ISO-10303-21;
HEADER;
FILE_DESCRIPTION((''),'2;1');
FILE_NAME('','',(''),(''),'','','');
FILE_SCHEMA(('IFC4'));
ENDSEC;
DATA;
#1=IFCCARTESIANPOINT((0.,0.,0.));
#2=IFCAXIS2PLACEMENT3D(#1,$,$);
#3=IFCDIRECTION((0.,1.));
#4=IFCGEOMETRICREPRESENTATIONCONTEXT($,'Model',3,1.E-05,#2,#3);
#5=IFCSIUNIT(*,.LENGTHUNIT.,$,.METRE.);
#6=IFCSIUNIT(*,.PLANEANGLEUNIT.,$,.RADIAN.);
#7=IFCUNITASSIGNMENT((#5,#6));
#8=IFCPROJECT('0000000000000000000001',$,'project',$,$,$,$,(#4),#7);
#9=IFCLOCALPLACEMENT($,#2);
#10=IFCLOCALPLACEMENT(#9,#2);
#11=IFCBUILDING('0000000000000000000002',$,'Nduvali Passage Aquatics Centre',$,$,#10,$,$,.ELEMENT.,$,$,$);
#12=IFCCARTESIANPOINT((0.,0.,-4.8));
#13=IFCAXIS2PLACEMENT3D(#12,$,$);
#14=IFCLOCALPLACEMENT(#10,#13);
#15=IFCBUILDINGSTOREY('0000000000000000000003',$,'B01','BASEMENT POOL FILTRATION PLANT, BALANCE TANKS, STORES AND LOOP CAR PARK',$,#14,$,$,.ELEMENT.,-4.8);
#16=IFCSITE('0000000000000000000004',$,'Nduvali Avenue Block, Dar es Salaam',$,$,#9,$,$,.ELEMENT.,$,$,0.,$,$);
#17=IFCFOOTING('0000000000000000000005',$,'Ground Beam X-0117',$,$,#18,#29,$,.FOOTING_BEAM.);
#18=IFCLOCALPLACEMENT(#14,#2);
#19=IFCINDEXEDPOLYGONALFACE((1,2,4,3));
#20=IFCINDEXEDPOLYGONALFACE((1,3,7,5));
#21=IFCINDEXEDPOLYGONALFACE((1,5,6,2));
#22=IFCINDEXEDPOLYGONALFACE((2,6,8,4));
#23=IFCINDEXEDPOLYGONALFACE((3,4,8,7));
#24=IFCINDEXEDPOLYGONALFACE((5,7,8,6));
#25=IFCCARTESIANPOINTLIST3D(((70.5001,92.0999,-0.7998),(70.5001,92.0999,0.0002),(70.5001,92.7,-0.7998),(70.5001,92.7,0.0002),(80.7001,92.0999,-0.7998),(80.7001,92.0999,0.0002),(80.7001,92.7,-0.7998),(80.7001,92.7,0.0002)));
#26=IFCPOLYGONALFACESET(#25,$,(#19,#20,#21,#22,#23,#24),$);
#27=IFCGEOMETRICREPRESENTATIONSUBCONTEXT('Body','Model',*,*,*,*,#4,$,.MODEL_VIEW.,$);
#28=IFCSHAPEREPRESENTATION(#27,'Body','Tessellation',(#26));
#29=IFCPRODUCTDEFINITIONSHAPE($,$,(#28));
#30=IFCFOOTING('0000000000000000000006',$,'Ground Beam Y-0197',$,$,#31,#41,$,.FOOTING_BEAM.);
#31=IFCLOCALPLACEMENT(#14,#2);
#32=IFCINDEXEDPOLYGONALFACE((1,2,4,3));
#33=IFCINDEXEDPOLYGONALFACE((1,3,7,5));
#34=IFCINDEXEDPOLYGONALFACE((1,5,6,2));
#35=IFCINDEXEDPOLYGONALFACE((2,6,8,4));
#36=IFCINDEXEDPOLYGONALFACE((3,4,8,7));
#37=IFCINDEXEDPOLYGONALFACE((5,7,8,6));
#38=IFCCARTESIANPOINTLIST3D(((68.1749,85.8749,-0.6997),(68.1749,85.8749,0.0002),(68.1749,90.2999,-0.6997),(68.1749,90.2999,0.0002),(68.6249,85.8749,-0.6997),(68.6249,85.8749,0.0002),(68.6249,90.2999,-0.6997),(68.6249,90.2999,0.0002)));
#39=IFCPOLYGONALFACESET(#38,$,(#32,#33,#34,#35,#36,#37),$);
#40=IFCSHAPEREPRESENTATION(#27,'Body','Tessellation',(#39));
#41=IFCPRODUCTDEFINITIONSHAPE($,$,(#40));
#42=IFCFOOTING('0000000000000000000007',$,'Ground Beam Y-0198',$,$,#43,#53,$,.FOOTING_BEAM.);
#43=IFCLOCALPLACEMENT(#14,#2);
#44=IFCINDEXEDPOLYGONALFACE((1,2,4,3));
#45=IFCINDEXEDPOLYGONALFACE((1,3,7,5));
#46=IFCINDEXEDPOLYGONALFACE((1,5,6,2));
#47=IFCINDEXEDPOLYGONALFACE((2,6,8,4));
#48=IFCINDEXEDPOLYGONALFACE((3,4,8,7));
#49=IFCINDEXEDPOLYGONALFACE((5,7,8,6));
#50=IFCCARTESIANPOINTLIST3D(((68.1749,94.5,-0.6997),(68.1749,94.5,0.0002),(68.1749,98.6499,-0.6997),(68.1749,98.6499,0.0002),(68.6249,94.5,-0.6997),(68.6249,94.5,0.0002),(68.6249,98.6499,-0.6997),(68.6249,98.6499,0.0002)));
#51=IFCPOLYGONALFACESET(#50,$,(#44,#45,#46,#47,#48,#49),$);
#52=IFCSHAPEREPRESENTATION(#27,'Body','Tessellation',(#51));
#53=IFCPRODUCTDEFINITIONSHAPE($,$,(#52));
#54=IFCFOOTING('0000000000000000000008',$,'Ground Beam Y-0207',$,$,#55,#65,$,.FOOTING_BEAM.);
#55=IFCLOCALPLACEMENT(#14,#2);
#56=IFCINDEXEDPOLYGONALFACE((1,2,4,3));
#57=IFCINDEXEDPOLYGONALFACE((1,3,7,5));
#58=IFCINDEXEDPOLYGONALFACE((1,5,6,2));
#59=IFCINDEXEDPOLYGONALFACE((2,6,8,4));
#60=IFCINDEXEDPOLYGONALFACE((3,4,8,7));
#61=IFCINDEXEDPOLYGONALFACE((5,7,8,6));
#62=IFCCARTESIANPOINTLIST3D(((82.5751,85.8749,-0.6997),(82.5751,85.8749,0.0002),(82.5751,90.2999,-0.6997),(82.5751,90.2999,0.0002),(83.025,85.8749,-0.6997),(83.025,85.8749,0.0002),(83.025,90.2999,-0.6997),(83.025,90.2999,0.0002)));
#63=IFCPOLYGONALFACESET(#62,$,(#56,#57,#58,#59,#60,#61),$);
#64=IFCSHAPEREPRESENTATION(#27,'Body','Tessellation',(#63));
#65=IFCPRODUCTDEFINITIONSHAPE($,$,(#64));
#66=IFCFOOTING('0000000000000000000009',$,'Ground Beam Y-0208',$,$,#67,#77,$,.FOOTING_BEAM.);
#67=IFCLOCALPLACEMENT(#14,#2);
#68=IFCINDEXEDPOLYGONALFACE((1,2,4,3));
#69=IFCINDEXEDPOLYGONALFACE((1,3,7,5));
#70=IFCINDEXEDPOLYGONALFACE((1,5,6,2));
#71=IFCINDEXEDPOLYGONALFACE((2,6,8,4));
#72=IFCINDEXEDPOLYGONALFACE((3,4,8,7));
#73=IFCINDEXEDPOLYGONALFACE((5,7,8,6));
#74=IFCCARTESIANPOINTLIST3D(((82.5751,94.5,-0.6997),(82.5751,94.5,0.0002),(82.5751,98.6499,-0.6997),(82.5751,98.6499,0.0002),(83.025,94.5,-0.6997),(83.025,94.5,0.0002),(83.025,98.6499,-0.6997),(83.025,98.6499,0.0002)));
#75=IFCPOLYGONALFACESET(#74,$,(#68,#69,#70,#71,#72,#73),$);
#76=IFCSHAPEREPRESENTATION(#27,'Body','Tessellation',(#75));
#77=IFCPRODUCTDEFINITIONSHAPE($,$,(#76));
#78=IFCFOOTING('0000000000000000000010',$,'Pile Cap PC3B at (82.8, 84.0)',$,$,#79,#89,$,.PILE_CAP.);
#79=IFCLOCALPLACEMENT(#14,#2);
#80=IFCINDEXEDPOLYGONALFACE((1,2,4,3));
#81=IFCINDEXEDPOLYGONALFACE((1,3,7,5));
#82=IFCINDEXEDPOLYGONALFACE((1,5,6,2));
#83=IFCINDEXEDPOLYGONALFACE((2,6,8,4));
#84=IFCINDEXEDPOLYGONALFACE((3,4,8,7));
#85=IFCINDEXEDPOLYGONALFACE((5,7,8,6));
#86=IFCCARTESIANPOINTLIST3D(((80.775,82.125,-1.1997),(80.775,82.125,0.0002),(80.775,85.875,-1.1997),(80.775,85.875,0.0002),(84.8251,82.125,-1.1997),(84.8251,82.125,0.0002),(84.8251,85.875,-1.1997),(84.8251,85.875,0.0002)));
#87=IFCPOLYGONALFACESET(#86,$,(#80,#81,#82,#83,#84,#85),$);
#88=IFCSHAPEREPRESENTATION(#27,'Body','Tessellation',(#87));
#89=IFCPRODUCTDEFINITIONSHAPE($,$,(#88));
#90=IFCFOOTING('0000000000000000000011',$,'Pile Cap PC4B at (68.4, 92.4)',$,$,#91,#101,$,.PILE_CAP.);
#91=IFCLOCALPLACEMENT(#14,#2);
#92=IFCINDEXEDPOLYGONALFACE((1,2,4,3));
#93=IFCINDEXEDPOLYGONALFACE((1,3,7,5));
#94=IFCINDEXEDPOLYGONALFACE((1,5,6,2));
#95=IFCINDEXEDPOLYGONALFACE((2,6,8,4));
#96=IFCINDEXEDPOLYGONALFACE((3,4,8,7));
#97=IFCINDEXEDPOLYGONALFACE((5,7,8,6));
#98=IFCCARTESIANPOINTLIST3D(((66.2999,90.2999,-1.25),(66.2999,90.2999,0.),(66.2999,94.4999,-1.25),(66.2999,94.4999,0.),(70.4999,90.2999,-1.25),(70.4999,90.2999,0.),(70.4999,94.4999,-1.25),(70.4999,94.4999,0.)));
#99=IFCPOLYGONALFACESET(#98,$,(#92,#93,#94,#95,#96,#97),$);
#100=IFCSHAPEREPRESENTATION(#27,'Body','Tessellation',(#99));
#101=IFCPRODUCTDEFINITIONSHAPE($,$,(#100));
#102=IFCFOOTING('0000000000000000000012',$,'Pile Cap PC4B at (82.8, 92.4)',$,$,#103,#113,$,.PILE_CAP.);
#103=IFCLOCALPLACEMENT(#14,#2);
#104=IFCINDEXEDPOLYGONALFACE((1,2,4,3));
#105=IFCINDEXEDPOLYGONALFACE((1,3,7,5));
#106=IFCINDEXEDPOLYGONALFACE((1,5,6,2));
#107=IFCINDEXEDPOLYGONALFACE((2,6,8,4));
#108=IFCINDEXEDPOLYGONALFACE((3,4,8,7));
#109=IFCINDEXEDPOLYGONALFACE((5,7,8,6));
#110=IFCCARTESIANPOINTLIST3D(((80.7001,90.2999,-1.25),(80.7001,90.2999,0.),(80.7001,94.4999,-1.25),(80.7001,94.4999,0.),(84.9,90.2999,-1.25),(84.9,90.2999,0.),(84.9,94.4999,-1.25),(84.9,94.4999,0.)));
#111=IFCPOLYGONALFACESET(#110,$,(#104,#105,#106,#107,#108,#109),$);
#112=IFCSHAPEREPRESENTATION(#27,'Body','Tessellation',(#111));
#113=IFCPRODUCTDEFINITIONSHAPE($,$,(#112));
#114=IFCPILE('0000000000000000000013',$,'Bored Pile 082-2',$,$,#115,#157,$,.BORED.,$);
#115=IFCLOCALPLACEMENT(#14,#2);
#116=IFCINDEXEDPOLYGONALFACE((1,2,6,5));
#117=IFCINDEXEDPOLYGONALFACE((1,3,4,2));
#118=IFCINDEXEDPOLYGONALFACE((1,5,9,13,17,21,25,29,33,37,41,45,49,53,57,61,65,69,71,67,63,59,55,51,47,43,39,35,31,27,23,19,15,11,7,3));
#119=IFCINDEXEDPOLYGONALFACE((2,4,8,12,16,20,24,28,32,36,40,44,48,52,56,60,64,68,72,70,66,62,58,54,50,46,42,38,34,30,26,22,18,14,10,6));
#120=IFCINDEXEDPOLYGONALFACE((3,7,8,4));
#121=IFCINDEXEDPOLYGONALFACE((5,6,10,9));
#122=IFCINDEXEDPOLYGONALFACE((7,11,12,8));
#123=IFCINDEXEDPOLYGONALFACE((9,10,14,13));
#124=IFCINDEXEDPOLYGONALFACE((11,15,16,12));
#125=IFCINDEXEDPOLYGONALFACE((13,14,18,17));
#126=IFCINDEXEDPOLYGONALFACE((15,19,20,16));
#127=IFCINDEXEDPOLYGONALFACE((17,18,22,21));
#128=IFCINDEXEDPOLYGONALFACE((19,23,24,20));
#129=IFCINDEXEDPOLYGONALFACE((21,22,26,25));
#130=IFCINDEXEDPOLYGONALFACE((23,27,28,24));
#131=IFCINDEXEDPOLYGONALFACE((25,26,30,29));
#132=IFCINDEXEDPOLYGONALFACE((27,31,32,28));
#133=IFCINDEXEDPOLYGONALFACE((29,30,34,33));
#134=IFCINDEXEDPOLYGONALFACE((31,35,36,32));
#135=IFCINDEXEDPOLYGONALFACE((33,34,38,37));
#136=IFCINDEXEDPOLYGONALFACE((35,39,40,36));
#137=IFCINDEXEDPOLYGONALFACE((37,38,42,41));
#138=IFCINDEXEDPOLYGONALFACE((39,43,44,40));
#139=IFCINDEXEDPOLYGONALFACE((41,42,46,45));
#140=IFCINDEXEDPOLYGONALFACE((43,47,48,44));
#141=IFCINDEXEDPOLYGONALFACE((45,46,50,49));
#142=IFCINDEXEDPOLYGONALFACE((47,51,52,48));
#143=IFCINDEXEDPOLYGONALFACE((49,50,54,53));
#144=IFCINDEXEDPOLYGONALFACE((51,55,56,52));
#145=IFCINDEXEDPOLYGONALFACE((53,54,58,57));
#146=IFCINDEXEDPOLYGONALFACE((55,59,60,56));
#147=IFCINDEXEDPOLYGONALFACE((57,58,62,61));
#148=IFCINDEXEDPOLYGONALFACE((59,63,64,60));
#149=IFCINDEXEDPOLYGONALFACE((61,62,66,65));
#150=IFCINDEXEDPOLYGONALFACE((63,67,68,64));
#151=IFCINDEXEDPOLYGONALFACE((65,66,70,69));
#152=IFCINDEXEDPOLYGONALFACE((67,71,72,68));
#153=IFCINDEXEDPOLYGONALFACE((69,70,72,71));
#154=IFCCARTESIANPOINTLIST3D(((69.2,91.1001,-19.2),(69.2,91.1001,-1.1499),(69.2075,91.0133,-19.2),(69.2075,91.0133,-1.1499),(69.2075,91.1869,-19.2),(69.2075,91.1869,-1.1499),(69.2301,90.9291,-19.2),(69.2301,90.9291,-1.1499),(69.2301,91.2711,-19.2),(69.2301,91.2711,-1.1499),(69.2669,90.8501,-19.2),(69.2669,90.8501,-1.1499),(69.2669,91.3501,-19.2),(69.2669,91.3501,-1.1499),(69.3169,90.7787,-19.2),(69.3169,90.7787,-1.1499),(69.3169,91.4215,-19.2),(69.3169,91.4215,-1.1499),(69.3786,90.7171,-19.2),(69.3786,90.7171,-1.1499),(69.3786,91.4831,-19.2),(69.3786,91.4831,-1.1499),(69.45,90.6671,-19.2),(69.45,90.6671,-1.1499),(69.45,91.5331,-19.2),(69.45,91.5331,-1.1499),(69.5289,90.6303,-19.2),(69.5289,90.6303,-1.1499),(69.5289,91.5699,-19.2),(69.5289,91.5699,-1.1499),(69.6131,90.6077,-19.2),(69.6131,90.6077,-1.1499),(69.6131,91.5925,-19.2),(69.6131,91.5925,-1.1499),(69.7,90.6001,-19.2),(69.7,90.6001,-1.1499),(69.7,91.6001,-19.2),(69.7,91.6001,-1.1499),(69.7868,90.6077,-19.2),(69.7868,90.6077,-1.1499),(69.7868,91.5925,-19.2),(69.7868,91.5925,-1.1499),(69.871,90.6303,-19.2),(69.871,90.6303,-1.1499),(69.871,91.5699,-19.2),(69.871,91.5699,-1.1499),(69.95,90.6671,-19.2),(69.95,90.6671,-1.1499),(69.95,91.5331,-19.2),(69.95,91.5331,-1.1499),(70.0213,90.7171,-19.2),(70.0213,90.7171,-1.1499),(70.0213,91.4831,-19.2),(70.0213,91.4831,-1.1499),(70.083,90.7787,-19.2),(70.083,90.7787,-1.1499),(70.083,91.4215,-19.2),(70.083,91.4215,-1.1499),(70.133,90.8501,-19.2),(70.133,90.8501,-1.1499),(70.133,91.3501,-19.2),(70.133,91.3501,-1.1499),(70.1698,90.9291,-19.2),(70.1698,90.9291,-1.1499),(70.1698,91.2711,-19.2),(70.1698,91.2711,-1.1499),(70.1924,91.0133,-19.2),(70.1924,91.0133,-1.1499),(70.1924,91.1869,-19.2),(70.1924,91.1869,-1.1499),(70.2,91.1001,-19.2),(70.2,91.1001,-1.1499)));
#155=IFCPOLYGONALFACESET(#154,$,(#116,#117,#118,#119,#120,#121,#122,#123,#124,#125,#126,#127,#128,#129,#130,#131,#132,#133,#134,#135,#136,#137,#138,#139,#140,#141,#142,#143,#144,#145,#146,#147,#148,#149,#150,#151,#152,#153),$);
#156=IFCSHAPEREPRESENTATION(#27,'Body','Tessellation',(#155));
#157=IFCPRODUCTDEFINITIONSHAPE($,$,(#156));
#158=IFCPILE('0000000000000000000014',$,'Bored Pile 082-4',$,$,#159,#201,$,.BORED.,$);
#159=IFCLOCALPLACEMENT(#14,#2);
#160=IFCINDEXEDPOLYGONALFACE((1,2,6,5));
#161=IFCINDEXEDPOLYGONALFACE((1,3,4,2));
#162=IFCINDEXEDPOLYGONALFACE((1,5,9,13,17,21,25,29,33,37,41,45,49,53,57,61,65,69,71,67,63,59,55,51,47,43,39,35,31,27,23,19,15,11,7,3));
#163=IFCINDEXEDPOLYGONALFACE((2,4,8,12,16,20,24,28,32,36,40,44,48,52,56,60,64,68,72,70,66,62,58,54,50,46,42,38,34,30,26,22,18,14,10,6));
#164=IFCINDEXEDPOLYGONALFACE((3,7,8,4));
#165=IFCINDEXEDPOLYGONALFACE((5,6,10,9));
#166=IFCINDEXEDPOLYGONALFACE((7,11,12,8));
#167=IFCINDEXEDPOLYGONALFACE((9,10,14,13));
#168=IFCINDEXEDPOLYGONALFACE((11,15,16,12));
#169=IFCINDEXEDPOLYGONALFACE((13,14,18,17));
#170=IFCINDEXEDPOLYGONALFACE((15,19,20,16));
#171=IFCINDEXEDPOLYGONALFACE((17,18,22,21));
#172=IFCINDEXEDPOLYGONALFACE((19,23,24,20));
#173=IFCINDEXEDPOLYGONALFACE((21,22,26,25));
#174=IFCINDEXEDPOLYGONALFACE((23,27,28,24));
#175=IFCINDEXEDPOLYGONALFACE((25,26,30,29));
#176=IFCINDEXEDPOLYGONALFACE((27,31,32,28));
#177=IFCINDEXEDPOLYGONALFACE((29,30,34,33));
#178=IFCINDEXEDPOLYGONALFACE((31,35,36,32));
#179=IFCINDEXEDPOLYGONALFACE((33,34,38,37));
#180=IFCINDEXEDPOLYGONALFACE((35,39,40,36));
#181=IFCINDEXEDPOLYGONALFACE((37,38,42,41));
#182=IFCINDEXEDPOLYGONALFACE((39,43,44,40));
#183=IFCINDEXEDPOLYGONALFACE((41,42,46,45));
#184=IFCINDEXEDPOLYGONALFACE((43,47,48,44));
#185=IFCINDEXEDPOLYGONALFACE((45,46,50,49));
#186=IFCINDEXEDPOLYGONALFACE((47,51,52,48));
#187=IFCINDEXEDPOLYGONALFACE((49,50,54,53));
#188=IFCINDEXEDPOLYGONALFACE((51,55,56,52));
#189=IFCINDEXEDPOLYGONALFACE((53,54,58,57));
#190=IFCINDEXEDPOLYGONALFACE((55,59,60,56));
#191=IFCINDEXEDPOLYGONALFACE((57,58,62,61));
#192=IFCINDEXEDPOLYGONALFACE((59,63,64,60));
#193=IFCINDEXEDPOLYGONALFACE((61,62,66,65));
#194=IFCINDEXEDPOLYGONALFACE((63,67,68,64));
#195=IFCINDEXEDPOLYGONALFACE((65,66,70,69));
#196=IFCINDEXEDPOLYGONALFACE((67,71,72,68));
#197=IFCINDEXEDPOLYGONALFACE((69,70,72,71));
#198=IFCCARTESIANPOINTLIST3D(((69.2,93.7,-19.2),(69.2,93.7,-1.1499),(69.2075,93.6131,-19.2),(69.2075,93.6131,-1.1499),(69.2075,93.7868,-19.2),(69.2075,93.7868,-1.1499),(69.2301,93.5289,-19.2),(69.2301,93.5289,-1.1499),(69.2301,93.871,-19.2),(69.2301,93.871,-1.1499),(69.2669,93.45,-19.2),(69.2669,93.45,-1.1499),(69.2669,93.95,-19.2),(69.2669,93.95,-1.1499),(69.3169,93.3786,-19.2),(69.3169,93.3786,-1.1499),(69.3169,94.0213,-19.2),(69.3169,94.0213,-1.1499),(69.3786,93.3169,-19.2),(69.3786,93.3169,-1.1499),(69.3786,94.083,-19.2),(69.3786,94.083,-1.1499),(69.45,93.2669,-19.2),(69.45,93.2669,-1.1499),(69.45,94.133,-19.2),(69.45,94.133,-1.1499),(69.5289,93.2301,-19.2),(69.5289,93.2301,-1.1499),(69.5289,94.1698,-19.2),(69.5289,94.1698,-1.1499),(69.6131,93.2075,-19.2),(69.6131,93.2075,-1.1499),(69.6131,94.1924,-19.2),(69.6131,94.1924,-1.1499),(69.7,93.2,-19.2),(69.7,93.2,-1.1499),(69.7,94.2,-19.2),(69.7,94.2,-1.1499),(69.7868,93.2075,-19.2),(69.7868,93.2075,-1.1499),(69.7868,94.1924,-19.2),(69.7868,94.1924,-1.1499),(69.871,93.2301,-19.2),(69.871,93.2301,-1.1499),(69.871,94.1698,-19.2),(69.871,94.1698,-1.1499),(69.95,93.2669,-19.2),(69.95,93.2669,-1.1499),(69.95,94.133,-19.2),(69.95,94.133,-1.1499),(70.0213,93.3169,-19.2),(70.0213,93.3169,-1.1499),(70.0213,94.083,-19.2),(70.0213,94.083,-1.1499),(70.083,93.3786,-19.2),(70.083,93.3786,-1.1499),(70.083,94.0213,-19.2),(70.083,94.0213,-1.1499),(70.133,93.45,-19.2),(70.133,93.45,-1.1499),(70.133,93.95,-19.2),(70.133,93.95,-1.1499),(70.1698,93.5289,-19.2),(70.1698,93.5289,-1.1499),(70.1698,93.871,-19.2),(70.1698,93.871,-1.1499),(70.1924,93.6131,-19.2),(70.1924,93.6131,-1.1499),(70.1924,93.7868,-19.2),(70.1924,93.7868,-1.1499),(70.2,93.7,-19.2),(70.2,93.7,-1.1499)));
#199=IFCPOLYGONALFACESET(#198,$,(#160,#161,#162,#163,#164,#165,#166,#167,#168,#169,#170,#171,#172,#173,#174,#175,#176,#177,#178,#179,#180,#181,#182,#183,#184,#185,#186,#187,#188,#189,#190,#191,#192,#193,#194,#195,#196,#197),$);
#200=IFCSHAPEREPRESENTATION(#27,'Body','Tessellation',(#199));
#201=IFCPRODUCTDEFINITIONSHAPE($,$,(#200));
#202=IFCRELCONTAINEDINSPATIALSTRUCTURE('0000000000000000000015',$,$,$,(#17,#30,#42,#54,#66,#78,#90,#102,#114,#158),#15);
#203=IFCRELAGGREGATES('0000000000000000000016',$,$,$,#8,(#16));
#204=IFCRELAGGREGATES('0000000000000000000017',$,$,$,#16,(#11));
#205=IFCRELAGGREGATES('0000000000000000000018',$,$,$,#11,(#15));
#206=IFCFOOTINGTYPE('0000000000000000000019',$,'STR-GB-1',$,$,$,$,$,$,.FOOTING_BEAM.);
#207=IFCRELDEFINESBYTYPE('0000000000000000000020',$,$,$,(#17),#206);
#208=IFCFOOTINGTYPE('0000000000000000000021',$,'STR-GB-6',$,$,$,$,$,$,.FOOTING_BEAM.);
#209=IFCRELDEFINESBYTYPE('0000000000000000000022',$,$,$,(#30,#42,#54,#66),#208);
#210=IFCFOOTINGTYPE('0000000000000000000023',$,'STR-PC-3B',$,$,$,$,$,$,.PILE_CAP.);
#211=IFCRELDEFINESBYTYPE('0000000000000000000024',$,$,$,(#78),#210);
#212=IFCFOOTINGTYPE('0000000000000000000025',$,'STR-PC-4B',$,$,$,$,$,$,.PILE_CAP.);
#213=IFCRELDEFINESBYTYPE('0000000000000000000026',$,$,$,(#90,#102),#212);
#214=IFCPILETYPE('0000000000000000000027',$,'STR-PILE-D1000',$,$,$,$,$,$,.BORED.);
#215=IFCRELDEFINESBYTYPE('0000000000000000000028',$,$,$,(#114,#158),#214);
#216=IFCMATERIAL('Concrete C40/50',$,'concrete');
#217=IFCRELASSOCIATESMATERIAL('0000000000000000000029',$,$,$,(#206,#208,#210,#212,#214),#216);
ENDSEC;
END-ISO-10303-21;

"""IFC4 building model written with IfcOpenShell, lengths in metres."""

from ifc_helpers import new_model, si_unit, direction, frame, origin, origin_2d, place, context, subcontext, project, spatial, rectangle, circle, extrude, material, material_profile, profile_set, type_object, element, save


model = new_model("IFC4")

# Units and contexts
model_context = context("Model", 3, precision=1e-05, world=origin(), true_north=direction((0.0, 1.0)))
body_context = subcontext(model_context, "Body", "Model", "MODEL_VIEW")
ifc_project = project(units=[si_unit("LENGTHUNIT", "METRE"), si_unit("PLANEANGLEUNIT", "RADIAN")], contexts=[model_context])

# Site, building, storey
site_placement = place(None, origin())
site = spatial("IfcSite", under=ifc_project, at=site_placement, Name="Nduvali Avenue Block, Dar es Salaam", CompositionType="ELEMENT", RefElevation=0.0)
building_placement = place(site_placement, origin())
building = spatial("IfcBuilding", under=site, at=building_placement, Name="Nduvali Passage Aquatics Centre", CompositionType="ELEMENT")
storey_placement = place(building_placement, frame((0.0, 0.0, -4.8)))
storey = spatial("IfcBuildingStorey", under=building, at=storey_placement, Name="B01", Description="BASEMENT POOL FILTRATION PLANT, BALANCE TANKS, STORES AND LOOP CAR PARK", CompositionType="ELEMENT", Elevation=-4.8)

# Footings
ifc_material = material(Name="Concrete C40/50", Category="concrete")
footing_type_1 = type_object("IfcFootingType", Name="STR-GB-1", PredefinedType="FOOTING_BEAM", material=ifc_material)
footing_1_placement = place(storey_placement, frame((75.6001, 92.3999, -0.7998), z_axis=(0.0, 0.0, 1.0), x_axis=(1.0, 0.0, 0.0)))
element("IfcFooting", 1, at=footing_1_placement, inside=storey, type_object=footing_type_1, Name="Ground Beam X-0117", PredefinedType="FOOTING_BEAM", context=body_context, shape_type="SweptSolid", body=[
    extrude(rectangle(XDim=10.2, YDim=0.6001, at=origin_2d()), origin(), (0.0, 0.0, 1.0), 0.8),
])
footing_type_2 = type_object("IfcFootingType", Name="STR-GB-6", PredefinedType="FOOTING_BEAM", material=ifc_material)
footing_2_placement = place(storey_placement, frame((68.3999, 88.0874, -0.6997), z_axis=(0.0, 0.0, 1.0), x_axis=(0.0, 1.0, 0.0)))
element("IfcFooting", 2, at=footing_2_placement, inside=storey, type_object=footing_type_2, Name="Ground Beam Y-0197", PredefinedType="FOOTING_BEAM", context=body_context, shape_type="SweptSolid", body=[
    extrude(rectangle(XDim=4.425, YDim=0.45, at=origin_2d()), origin(), (0.0, 0.0, 1.0), 0.7),
])
footing_3_placement = place(storey_placement, frame((68.3999, 96.575, -0.6997), z_axis=(0.0, 0.0, 1.0), x_axis=(0.0, 1.0, 0.0)))
element("IfcFooting", 3, at=footing_3_placement, inside=storey, type_object=footing_type_2, Name="Ground Beam Y-0198", PredefinedType="FOOTING_BEAM", context=body_context, shape_type="SweptSolid", body=[
    extrude(rectangle(XDim=4.1499, YDim=0.45, at=origin_2d()), origin(), (0.0, 0.0, 1.0), 0.7),
])
footing_4_placement = place(storey_placement, frame((82.8, 88.0874, -0.6997), z_axis=(0.0, 0.0, 1.0), x_axis=(0.0, 1.0, 0.0)))
element("IfcFooting", 4, at=footing_4_placement, inside=storey, type_object=footing_type_2, Name="Ground Beam Y-0207", PredefinedType="FOOTING_BEAM", context=body_context, shape_type="SweptSolid", body=[
    extrude(rectangle(XDim=4.425, YDim=0.45, at=origin_2d()), origin(), (0.0, 0.0, 1.0), 0.7),
])
footing_5_placement = place(storey_placement, frame((82.8, 96.575, -0.6997), z_axis=(0.0, 0.0, 1.0), x_axis=(0.0, 1.0, 0.0)))
element("IfcFooting", 5, at=footing_5_placement, inside=storey, type_object=footing_type_2, Name="Ground Beam Y-0208", PredefinedType="FOOTING_BEAM", context=body_context, shape_type="SweptSolid", body=[
    extrude(rectangle(XDim=4.1499, YDim=0.45, at=origin_2d()), origin(), (0.0, 0.0, 1.0), 0.7),
])
footing_type_3 = type_object("IfcFootingType", Name="STR-PC-3B", PredefinedType="PILE_CAP", material=ifc_material)
footing_6_placement = place(storey_placement, frame((82.8, 84.0, -1.1997), z_axis=(0.0, 0.0, 1.0), x_axis=(1.0, 0.0, 0.0)))
element("IfcFooting", 6, at=footing_6_placement, inside=storey, type_object=footing_type_3, Name="Pile Cap PC3B at (82.8, 84.0)", PredefinedType="PILE_CAP", context=body_context, shape_type="SweptSolid", body=[
    extrude(rectangle(XDim=4.05, YDim=3.75, at=origin_2d()), origin(), (0.0, 0.0, 1.0), 1.2),
])
footing_type_4 = type_object("IfcFootingType", Name="STR-PC-4B", PredefinedType="PILE_CAP", material=ifc_material)
for number, where, z_axis, x_axis, name in (
    (7, (68.3999, 92.3999, -1.25), (0.0, 0.0, 1.0), (1.0, 0.0, 0.0), "Pile Cap PC4B at (68.4, 92.4)"),
    (8, (82.8, 92.3999, -1.25), (0.0, 0.0, 1.0), (1.0, 0.0, 0.0), "Pile Cap PC4B at (82.8, 92.4)"),
):
    element("IfcFooting", number, at=place(storey_placement, frame(where, z_axis=z_axis, x_axis=x_axis)), inside=storey, type_object=footing_type_4, Name=name, PredefinedType="PILE_CAP", context=body_context, shape_type="SweptSolid", body=[
        extrude(rectangle(XDim=4.2, YDim=4.2, at=origin_2d()), origin(), (0.0, 0.0, 1.0), 1.25),
    ])

# Piles
ifc_material_profile_1 = material_profile(ifc_material, circle(Radius=0.5, at=origin_2d()), Name="PILE D1000")
ifc_profile_set_1 = profile_set([ifc_material_profile_1], Name="Concrete C40/50")
pile_type_1 = type_object("IfcPileType", Name="STR-PILE-D1000", PredefinedType="BORED", material=ifc_profile_set_1)
for number, where, z_axis, x_axis, name in (
    (9, (69.7, 91.1001, -1.1499), (0.0, 0.0, -1.0), (1.0, 0.0, 0.0), "Bored Pile 082-2"),
    (10, (69.7, 93.7, -1.1499), (0.0, 0.0, -1.0), (1.0, 0.0, 0.0), "Bored Pile 082-4"),
):
    element("IfcPile", number, at=place(storey_placement, frame(where, z_axis=z_axis, x_axis=x_axis)), inside=storey, type_object=pile_type_1, Name=name, PredefinedType="BORED", context=body_context, shape_type="SweptSolid", body=[
        extrude(circle(Radius=0.5, at=origin_2d()), origin(), (0.0, 0.0, 1.0), 18.05),
    ])

save(model, "model.ifc")
